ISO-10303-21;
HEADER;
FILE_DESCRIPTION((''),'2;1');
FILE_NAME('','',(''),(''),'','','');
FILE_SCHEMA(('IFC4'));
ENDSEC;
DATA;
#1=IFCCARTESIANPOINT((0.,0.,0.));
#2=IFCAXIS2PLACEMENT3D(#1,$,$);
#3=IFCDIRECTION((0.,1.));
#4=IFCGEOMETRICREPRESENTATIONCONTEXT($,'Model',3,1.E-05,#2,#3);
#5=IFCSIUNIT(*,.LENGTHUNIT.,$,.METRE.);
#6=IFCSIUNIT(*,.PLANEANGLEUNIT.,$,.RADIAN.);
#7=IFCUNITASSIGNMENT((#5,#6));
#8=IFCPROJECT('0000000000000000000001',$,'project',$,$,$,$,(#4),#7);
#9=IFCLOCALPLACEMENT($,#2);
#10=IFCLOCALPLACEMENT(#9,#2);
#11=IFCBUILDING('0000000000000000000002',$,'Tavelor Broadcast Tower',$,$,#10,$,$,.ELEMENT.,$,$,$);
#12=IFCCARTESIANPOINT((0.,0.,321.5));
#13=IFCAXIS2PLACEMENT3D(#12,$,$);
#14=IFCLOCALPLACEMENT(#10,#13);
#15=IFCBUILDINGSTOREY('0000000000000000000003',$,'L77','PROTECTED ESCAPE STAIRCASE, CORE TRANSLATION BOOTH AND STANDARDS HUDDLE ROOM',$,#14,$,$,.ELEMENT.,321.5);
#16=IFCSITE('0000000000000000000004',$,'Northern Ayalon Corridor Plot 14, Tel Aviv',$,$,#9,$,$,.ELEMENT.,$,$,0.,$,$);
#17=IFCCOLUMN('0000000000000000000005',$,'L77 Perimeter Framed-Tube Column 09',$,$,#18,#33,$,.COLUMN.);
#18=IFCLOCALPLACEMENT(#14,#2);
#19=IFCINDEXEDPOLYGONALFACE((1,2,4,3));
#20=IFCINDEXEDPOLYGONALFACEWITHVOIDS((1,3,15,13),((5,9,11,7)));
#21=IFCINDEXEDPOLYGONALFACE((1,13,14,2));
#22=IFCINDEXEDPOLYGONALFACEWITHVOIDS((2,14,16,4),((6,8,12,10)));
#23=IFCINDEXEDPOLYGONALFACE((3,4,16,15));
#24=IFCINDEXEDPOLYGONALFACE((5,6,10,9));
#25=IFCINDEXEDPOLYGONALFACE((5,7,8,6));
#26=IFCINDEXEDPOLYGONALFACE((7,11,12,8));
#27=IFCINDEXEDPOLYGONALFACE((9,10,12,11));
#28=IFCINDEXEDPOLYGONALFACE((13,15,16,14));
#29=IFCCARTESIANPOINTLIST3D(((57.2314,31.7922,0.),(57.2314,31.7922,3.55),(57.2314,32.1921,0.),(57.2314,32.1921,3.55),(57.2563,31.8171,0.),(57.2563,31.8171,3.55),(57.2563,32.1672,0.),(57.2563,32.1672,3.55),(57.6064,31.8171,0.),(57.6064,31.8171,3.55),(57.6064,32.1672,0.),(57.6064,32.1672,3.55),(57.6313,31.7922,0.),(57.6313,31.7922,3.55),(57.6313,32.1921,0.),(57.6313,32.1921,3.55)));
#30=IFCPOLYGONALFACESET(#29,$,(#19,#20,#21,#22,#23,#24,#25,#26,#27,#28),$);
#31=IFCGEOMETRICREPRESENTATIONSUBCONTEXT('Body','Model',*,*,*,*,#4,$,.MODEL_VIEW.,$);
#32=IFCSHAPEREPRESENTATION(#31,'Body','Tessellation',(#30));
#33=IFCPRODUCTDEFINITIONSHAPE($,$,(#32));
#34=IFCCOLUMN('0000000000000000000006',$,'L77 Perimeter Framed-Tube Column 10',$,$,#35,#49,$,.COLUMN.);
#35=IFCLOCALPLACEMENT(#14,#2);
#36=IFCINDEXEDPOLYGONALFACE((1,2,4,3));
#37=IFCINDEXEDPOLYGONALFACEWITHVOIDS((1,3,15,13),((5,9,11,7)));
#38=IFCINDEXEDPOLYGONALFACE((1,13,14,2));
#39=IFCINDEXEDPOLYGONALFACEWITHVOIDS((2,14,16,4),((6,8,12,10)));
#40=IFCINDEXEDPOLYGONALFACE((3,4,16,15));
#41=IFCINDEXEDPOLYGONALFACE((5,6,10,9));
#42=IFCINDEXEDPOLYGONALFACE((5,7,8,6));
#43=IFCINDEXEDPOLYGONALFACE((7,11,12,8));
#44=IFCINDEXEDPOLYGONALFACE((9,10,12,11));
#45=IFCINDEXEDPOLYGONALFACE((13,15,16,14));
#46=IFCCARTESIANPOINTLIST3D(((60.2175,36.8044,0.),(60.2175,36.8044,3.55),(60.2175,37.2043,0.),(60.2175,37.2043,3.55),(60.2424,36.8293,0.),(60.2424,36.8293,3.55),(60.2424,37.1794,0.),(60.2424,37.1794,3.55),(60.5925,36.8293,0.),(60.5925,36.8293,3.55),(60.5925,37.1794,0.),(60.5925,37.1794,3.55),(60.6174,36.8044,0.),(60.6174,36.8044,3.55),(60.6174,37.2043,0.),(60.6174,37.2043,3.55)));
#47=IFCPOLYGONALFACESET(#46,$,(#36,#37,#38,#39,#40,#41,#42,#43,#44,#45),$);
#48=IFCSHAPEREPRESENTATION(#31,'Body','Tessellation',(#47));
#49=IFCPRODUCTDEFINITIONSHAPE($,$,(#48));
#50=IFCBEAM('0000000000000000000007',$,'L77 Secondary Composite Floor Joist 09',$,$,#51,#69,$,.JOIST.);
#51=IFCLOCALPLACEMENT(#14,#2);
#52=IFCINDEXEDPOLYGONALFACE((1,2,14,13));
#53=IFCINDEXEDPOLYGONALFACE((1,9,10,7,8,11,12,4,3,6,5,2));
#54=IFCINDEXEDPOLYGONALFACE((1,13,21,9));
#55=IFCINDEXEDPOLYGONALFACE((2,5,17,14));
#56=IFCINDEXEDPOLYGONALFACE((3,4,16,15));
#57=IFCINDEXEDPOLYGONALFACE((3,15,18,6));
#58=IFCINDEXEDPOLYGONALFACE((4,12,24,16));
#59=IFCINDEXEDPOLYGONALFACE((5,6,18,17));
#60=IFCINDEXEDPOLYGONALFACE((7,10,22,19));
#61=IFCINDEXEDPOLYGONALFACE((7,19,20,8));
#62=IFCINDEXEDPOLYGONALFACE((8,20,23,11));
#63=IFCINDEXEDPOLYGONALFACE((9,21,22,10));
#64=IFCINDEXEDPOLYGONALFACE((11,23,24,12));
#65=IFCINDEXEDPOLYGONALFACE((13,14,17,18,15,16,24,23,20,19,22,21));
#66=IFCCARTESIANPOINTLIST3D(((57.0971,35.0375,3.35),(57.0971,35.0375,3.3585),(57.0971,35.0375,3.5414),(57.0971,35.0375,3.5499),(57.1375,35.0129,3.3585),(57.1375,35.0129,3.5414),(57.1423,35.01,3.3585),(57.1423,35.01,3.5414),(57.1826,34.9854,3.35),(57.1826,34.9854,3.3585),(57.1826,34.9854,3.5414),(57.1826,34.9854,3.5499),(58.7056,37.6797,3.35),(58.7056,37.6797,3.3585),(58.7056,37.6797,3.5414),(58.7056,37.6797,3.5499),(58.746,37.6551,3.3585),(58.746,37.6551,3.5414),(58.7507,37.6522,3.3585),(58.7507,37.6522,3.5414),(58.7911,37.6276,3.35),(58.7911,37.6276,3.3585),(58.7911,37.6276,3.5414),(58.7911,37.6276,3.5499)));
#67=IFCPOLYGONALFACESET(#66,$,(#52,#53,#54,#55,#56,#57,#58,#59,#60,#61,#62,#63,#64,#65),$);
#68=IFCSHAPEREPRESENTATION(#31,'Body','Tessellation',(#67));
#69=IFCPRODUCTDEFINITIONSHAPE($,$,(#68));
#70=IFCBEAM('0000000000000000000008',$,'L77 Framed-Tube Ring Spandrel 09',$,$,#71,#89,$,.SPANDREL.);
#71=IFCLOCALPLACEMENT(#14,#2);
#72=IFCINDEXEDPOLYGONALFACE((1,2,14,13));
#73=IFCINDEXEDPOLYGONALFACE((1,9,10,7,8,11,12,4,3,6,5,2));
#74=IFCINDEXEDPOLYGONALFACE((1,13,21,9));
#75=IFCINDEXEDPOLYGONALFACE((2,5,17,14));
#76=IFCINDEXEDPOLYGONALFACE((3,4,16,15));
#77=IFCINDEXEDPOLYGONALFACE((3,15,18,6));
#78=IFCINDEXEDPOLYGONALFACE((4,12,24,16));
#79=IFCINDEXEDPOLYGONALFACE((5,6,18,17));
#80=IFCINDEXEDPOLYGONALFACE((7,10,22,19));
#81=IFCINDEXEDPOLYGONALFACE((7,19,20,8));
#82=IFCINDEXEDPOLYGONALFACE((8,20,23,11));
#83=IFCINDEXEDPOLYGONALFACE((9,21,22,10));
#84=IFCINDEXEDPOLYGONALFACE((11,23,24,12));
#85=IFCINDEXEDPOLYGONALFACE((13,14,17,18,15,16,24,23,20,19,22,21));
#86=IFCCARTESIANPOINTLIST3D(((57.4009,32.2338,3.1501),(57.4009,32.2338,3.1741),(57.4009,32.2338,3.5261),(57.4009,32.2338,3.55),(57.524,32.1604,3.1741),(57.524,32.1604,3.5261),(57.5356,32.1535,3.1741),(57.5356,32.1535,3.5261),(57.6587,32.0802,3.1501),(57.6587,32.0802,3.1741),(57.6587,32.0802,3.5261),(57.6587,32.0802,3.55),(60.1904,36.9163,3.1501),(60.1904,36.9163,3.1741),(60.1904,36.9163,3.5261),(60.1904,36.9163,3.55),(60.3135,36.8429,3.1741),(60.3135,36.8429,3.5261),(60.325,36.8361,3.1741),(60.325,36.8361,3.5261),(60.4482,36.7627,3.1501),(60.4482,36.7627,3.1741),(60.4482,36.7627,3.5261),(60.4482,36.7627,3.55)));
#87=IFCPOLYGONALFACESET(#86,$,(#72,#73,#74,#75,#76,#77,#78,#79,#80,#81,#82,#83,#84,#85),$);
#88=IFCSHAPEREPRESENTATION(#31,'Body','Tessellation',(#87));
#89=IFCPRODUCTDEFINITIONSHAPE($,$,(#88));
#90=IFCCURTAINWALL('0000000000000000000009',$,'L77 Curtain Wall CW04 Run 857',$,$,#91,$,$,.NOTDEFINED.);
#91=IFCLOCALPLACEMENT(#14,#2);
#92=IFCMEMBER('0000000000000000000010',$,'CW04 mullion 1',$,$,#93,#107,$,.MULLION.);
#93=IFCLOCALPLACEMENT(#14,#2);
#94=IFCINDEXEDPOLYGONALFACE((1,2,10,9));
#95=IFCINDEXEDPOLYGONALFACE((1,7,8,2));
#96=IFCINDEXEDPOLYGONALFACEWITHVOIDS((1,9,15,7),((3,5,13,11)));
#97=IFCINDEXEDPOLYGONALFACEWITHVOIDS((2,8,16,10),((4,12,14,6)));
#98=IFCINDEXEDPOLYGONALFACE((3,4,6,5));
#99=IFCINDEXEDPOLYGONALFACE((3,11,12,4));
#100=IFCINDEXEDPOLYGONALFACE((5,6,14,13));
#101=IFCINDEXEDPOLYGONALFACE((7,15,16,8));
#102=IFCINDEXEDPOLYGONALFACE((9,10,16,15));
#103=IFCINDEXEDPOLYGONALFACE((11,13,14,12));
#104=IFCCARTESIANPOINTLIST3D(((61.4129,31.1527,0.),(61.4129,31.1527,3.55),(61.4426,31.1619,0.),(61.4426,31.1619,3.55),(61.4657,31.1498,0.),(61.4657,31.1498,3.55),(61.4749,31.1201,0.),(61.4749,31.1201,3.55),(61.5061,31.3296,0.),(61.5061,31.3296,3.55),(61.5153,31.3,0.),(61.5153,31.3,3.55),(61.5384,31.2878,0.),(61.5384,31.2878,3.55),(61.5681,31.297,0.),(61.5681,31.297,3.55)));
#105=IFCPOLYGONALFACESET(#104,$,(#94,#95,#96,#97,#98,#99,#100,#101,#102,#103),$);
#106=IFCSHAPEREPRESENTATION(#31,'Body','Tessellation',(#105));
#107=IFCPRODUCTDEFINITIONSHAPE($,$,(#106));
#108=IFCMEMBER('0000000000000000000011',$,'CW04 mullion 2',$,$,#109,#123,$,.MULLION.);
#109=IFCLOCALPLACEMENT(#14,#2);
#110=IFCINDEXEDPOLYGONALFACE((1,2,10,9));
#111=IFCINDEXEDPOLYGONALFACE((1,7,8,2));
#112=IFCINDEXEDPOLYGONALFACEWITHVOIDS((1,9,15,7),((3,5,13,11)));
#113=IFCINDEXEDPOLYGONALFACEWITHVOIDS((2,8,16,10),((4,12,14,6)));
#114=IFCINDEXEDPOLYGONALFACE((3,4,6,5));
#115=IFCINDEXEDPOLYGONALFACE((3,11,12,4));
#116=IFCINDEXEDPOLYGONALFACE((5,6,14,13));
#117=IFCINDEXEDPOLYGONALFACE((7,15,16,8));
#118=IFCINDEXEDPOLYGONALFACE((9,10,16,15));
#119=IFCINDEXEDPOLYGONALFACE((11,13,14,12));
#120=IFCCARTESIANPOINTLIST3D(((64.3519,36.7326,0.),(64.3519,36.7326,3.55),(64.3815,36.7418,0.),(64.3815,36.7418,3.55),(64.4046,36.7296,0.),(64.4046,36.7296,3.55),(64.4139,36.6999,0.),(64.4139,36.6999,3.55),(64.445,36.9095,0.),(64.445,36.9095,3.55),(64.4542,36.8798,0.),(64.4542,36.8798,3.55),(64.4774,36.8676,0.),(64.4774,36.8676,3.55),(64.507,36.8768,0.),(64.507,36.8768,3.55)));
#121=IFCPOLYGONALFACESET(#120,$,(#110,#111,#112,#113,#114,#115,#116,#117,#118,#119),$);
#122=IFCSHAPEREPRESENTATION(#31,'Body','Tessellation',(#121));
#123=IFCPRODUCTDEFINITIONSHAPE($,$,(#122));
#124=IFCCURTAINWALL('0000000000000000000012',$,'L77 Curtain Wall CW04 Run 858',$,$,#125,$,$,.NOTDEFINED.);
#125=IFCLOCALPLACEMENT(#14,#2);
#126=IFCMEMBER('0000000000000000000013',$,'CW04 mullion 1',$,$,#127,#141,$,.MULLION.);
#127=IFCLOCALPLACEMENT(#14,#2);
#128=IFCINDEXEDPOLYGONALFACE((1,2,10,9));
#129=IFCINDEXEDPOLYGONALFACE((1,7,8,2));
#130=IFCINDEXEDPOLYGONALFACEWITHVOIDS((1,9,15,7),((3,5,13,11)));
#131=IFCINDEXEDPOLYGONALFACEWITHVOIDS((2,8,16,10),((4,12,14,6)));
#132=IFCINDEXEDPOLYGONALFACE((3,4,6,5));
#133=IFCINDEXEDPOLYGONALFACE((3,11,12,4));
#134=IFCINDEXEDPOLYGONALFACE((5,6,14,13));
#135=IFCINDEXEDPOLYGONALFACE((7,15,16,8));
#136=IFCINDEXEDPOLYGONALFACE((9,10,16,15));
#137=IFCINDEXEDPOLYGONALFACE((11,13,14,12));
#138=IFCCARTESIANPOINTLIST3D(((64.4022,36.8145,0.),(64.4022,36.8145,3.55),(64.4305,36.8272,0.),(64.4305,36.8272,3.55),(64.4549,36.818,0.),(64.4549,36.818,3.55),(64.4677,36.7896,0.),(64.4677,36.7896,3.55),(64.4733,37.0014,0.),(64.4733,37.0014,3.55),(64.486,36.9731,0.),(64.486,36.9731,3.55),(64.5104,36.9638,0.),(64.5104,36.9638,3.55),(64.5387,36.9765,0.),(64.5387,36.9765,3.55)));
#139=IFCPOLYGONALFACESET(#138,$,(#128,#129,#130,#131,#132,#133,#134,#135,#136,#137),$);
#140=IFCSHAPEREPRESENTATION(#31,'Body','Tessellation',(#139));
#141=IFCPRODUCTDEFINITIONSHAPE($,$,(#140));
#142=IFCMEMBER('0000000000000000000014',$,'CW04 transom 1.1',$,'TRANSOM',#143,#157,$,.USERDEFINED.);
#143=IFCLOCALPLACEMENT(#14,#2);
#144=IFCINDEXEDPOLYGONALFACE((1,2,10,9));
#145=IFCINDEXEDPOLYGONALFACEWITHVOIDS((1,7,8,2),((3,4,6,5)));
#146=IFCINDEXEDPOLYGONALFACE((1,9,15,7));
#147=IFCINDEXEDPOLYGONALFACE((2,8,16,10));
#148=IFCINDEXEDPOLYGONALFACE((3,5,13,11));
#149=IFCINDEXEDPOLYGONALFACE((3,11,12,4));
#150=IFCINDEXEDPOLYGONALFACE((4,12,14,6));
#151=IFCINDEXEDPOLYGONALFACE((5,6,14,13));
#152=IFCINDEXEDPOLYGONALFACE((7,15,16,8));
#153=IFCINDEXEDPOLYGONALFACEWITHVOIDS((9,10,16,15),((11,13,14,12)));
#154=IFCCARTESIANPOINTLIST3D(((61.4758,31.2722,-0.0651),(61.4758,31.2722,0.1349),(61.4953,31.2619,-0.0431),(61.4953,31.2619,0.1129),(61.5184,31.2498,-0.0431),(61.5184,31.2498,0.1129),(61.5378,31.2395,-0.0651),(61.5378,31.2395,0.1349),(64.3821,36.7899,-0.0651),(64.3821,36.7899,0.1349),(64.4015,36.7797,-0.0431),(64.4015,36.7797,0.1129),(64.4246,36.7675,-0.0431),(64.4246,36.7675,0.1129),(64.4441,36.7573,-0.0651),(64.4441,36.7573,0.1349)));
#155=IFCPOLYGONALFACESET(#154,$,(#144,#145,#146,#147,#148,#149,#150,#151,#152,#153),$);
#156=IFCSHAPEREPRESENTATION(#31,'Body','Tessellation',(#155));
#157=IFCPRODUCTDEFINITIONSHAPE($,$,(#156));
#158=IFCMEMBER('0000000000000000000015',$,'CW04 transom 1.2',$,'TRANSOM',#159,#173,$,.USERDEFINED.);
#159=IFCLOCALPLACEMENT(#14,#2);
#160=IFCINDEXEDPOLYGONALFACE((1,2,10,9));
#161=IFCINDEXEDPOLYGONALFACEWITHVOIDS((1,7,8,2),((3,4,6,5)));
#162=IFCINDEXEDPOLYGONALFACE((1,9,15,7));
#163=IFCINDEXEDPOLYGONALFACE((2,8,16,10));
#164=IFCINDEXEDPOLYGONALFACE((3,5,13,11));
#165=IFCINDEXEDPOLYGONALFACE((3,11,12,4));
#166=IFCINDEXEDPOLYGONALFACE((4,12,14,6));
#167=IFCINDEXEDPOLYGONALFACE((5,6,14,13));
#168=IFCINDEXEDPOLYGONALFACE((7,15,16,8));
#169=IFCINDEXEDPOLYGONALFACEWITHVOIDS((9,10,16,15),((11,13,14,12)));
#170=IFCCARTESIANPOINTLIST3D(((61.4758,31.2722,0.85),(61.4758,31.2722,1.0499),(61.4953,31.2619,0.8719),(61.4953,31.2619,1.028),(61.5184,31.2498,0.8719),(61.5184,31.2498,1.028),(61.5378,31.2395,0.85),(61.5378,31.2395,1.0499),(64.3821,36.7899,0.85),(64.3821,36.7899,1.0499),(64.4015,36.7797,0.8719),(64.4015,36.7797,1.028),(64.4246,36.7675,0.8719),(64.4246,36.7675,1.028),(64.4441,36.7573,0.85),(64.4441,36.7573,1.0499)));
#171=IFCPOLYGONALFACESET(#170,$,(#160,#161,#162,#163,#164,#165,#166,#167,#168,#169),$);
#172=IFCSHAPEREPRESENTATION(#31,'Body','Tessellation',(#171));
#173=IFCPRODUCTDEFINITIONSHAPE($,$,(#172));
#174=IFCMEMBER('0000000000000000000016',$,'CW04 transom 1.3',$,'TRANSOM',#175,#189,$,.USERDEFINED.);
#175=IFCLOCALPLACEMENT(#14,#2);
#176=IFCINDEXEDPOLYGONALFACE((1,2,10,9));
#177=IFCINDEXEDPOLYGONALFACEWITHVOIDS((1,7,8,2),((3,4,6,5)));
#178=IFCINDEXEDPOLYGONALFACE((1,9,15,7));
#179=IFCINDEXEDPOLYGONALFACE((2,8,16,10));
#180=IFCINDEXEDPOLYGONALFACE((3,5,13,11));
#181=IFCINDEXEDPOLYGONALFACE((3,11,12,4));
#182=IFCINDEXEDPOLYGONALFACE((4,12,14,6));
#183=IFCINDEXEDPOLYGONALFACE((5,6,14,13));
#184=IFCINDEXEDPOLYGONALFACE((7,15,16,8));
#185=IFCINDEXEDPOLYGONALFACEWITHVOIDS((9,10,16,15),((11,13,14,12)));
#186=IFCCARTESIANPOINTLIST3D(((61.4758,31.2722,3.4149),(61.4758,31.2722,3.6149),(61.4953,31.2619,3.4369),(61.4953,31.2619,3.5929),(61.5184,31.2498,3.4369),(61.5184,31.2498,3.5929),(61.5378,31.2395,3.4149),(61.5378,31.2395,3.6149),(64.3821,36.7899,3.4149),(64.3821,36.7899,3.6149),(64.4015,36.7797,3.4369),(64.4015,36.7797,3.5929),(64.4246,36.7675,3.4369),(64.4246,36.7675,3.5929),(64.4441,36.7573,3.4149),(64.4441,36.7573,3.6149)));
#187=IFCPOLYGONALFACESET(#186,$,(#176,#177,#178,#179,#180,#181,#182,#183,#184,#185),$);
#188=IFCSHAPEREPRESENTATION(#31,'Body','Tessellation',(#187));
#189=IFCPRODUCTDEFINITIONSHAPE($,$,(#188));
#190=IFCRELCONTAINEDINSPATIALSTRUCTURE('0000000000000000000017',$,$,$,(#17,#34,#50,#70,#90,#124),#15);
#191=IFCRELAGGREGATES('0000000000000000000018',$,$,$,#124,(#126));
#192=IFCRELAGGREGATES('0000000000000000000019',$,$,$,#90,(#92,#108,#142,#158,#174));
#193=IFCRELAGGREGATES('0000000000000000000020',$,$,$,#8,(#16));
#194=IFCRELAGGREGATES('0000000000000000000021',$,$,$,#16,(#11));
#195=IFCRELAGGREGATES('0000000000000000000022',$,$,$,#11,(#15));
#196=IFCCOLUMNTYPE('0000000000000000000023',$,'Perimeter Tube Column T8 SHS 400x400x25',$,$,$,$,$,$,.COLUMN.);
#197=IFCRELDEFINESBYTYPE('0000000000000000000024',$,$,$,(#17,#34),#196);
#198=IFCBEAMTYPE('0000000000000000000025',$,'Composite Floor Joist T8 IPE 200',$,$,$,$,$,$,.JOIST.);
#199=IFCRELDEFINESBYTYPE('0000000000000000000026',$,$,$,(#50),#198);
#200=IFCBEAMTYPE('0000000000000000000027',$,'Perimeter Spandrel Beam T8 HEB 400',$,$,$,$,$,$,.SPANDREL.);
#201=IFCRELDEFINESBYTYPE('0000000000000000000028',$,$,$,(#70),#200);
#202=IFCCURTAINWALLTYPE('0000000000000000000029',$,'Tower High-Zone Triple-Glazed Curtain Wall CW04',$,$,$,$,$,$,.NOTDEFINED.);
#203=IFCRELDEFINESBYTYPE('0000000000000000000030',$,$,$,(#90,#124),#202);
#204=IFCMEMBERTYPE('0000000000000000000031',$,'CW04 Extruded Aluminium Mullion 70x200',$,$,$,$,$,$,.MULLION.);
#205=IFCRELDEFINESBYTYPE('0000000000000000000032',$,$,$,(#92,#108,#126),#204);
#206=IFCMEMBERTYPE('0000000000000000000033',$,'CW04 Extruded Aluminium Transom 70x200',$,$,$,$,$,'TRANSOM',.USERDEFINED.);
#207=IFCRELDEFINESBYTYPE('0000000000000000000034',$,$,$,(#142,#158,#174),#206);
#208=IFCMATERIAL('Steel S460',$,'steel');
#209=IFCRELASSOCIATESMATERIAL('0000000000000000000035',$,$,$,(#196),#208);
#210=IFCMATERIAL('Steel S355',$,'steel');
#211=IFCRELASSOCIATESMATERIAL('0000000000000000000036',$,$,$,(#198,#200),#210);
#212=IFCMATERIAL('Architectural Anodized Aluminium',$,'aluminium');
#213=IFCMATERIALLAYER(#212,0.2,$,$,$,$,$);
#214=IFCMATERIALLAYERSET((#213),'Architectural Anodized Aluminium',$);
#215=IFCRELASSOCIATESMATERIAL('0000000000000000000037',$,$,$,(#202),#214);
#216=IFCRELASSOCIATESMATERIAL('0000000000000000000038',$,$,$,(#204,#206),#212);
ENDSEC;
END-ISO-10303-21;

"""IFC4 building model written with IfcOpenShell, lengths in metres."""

from ifc_helpers import new_model, si_unit, direction, frame, origin, origin_2d, place, context, subcontext, project, spatial, hollow_rectangle, i_section, extrude, source, transform, mapped, material, layer, layer_set, material_profile, profile_set, type_object, type_shapes, element, aggregate, save


model = new_model("IFC4")

# Units and contexts
model_context = context("Model", 3, precision=1e-05, world=origin(), true_north=direction((0.0, 1.0)))
body_context = subcontext(model_context, "Body", "Model", "MODEL_VIEW")
ifc_project = project(units=[si_unit("LENGTHUNIT", "METRE"), si_unit("PLANEANGLEUNIT", "RADIAN")], contexts=[model_context])

# Site, building, storey
site_placement = place(None, origin())
site = spatial("IfcSite", under=ifc_project, at=site_placement, Name="Northern Ayalon Corridor Plot 14, Tel Aviv", CompositionType="ELEMENT", RefElevation=0.0)
building_placement = place(site_placement, origin())
building = spatial("IfcBuilding", under=site, at=building_placement, Name="Tavelor Broadcast Tower", CompositionType="ELEMENT")
storey_placement = place(building_placement, frame((0.0, 0.0, 321.5)))
storey = spatial("IfcBuildingStorey", under=building, at=storey_placement, Name="L77", Description="PROTECTED ESCAPE STAIRCASE, CORE TRANSLATION BOOTH AND STANDARDS HUDDLE ROOM", CompositionType="ELEMENT", Elevation=321.5)

# Columns
ifc_material_1 = material(Name="Steel S460", Category="steel")
ifc_material_profile_1 = material_profile(ifc_material_1, hollow_rectangle(XDim=0.3999, YDim=0.3999, WallThickness=0.0249, at=origin_2d()), Name="SHS 400x400x25")
ifc_profile_set_1 = profile_set([ifc_material_profile_1], Name="Steel S460")
column_type = type_object("IfcColumnType", Name="Perimeter Tube Column T8 SHS 400x400x25", PredefinedType="COLUMN", material=ifc_profile_set_1)
for number, where, z_axis, x_axis, name in (
    (1, (57.4314, 31.9922, 0.0), (0.0, 0.0, 1.0), (1.0, 0.0, 0.0), "L77 Perimeter Framed-Tube Column 09"),
    (2, (60.4175, 37.0044, 0.0), (0.0, 0.0, 1.0), (1.0, 0.0, 0.0), "L77 Perimeter Framed-Tube Column 10"),
):
    element("IfcColumn", number, at=place(storey_placement, frame(where, z_axis=z_axis, x_axis=x_axis)), inside=storey, type_object=column_type, Name=name, PredefinedType="COLUMN", context=body_context, shape_type="SweptSolid", body=[
        extrude(hollow_rectangle(XDim=0.3999, YDim=0.3999, WallThickness=0.0249, at=origin_2d()), origin(), (0.0, 0.0, 1.0), 3.55),
    ])

# Beams
ifc_material_2 = material(Name="Steel S355", Category="steel")
ifc_material_profile_2 = material_profile(ifc_material_2, i_section(OverallWidth=0.1001, OverallDepth=0.2, WebThickness=0.0056, FlangeThickness=0.0085, at=origin_2d()), Name="IPE 200")
ifc_profile_set_2 = profile_set([ifc_material_profile_2], Name="Steel S355")
beam_type_1 = type_object("IfcBeamType", Name="Composite Floor Joist T8 IPE 200", PredefinedType="JOIST", material=ifc_profile_set_2)
beam_1_placement = place(storey_placement, frame((57.1399, 35.0115, 3.45), z_axis=(0.519987, 0.854174, 0.0), x_axis=(-0.854174, 0.519987, 0.0)))
element("IfcBeam", 3, at=beam_1_placement, inside=storey, type_object=beam_type_1, Name="L77 Secondary Composite Floor Joist 09", PredefinedType="JOIST", context=body_context, shape_type="SweptSolid", body=[
    extrude(i_section(OverallWidth=0.1001, OverallDepth=0.2, WebThickness=0.0056, FlangeThickness=0.0085, at=origin_2d()), origin(), (0.0, 0.0, 1.0), 3.0933),
])
ifc_material_profile_3 = material_profile(ifc_material_2, i_section(OverallWidth=0.3, OverallDepth=0.3999, WebThickness=0.0134, FlangeThickness=0.0239, at=origin_2d()), Name="HEB 400")
ifc_profile_set_3 = profile_set([ifc_material_profile_3], Name="Steel S355")
beam_type_2 = type_object("IfcBeamType", Name="Perimeter Spandrel Beam T8 HEB 400", PredefinedType="SPANDREL", material=ifc_profile_set_3)
beam_2_placement = place(storey_placement, frame((57.5298, 32.157, 3.3501), z_axis=(0.511793, 0.859109, 0.0), x_axis=(-0.859109, 0.511793, 0.0)))
element("IfcBeam", 4, at=beam_2_placement, inside=storey, type_object=beam_type_2, Name="L77 Framed-Tube Ring Spandrel 09", PredefinedType="SPANDREL", context=body_context, shape_type="SweptSolid", body=[
    extrude(i_section(OverallWidth=0.3, OverallDepth=0.3999, WebThickness=0.0134, FlangeThickness=0.0239, at=origin_2d()), origin(), (0.0, 0.0, 1.0), 5.4504),
])

# Curtain wall, members
ifc_material_3 = material(Name="Architectural Anodized Aluminium", Category="aluminium")
ifc_layer_1 = layer(ifc_material_3, 0.2)
ifc_layer_set_1 = layer_set([ifc_layer_1], Name="Architectural Anodized Aluminium")
curtain_wall_type = type_object("IfcCurtainWallType", Name="Tower High-Zone Triple-Glazed Curtain Wall CW04", PredefinedType="NOTDEFINED", material=ifc_layer_set_1)
curtain_wall_1_placement = place(storey_placement, origin())
curtain_wall_1 = element("IfcCurtainWall", 5, at=curtain_wall_1_placement, inside=storey, type_object=curtain_wall_type, Name="L77 Curtain Wall CW04 Run 857", PredefinedType="NOTDEFINED")
ifc_material_profile_4 = material_profile(ifc_material_3, hollow_rectangle(XDim=0.0701, YDim=0.2, WallThickness=0.022, at=origin_2d()), Name="RHS 70x200x22")
ifc_profile_set_4 = profile_set([ifc_material_profile_4], Name="Architectural Anodized Aluminium")
member_type_1 = type_object("IfcMemberType", Name="CW04 Extruded Aluminium Mullion 70x200", PredefinedType="MULLION", material=ifc_profile_set_4)
shared_shape_1 = source(origin(), body_context, "Body", "SweptSolid", [
    extrude(hollow_rectangle(XDim=0.0701, YDim=0.2, WallThickness=0.022, at=origin_2d()), origin(), (0.0, 0.0, 1.0), 3.55),
])
type_shapes(member_type_1, [shared_shape_1])
member_1_placement = place(storey_placement, frame((61.4905, 31.2249, 0.0), z_axis=(0.0, 0.0, 1.0), x_axis=(-0.884777, 0.466015, 0.0)))
member_1 = element("IfcMember", 6, at=member_1_placement, type_object=member_type_1, Name="CW04 mullion 1", PredefinedType="MULLION", context=body_context, shape_type="MappedRepresentation", body=[
    mapped(shared_shape_1, transform((0.0, 0.0, 0.0), scale=1.0)),
])
member_2_placement = place(storey_placement, frame((64.4294, 36.8047, 0.0), z_axis=(0.0, 0.0, 1.0), x_axis=(-0.884777, 0.466015, 0.0)))
member_2 = element("IfcMember", 7, at=member_2_placement, type_object=member_type_1, Name="CW04 mullion 2", PredefinedType="MULLION", context=body_context, shape_type="MappedRepresentation", body=[
    mapped(shared_shape_1, transform((0.0, 0.0, 0.0), scale=1.0)),
])

# Curtain wall, member
curtain_wall_2_placement = place(storey_placement, origin())
curtain_wall_2 = element("IfcCurtainWall", 8, at=curtain_wall_2_placement, inside=storey, type_object=curtain_wall_type, Name="L77 Curtain Wall CW04 Run 858", PredefinedType="NOTDEFINED")
member_3_placement = place(storey_placement, frame((64.4705, 36.8955, 0.0), z_axis=(0.0, 0.0, 1.0), x_axis=(-0.934676, 0.3555, 0.0)))
member_3 = element("IfcMember", 9, at=member_3_placement, type_object=member_type_1, Name="CW04 mullion 1", PredefinedType="MULLION", context=body_context, shape_type="MappedRepresentation", body=[
    mapped(shared_shape_1, transform((0.0, 0.0, 0.0), scale=1.0)),
])

# Members
ifc_material_profile_5 = material_profile(ifc_material_3, hollow_rectangle(XDim=0.0701, YDim=0.2, WallThickness=0.022, at=origin_2d()), Name="RHS 70x200x22")
ifc_profile_set_5 = profile_set([ifc_material_profile_5], Name="Architectural Anodized Aluminium")
member_type_2 = type_object("IfcMemberType", Name="CW04 Extruded Aluminium Transom 70x200", ElementType="TRANSOM", PredefinedType="USERDEFINED", material=ifc_profile_set_5)
shared_shape_2 = source(origin(), body_context, "Body", "SweptSolid", [
    extrude(hollow_rectangle(XDim=0.0701, YDim=0.2, WallThickness=0.022, at=origin_2d()), origin(), (0.0, 0.0, 1.0), 6.2363),
])
member_4_placement = place(storey_placement, frame((61.5068, 31.2559, 0.0349), z_axis=(0.466014, 0.884777, 0.0), x_axis=(-0.884777, 0.466014, 0.0)))
member_4 = element("IfcMember", 10, at=member_4_placement, type_object=member_type_2, Name="CW04 transom 1.1", ObjectType="TRANSOM", PredefinedType="USERDEFINED", context=body_context, shape_type="MappedRepresentation", body=[
    mapped(shared_shape_2, transform((0.0, 0.0, 0.0), scale=1.0)),
])
member_5_placement = place(storey_placement, frame((61.5068, 31.2559, 0.95), z_axis=(0.466014, 0.884777, 0.0), x_axis=(-0.884777, 0.466014, 0.0)))
member_5 = element("IfcMember", 11, at=member_5_placement, type_object=member_type_2, Name="CW04 transom 1.2", ObjectType="TRANSOM", PredefinedType="USERDEFINED", context=body_context, shape_type="MappedRepresentation", body=[
    mapped(shared_shape_2, transform((0.0, 0.0, 0.0), scale=1.0)),
])
member_6_placement = place(storey_placement, frame((61.5068, 31.2559, 3.5149), z_axis=(0.466014, 0.884777, 0.0), x_axis=(-0.884777, 0.466014, 0.0)))
member_6 = element("IfcMember", 12, at=member_6_placement, type_object=member_type_2, Name="CW04 transom 1.3", ObjectType="TRANSOM", PredefinedType="USERDEFINED", context=body_context, shape_type="MappedRepresentation", body=[
    mapped(shared_shape_2, transform((0.0, 0.0, 0.0), scale=1.0)),
])
aggregate(curtain_wall_2, [member_3])

aggregate(curtain_wall_1, [member_1, member_2, member_4, member_5, member_6])

save(model, "model.ifc")
